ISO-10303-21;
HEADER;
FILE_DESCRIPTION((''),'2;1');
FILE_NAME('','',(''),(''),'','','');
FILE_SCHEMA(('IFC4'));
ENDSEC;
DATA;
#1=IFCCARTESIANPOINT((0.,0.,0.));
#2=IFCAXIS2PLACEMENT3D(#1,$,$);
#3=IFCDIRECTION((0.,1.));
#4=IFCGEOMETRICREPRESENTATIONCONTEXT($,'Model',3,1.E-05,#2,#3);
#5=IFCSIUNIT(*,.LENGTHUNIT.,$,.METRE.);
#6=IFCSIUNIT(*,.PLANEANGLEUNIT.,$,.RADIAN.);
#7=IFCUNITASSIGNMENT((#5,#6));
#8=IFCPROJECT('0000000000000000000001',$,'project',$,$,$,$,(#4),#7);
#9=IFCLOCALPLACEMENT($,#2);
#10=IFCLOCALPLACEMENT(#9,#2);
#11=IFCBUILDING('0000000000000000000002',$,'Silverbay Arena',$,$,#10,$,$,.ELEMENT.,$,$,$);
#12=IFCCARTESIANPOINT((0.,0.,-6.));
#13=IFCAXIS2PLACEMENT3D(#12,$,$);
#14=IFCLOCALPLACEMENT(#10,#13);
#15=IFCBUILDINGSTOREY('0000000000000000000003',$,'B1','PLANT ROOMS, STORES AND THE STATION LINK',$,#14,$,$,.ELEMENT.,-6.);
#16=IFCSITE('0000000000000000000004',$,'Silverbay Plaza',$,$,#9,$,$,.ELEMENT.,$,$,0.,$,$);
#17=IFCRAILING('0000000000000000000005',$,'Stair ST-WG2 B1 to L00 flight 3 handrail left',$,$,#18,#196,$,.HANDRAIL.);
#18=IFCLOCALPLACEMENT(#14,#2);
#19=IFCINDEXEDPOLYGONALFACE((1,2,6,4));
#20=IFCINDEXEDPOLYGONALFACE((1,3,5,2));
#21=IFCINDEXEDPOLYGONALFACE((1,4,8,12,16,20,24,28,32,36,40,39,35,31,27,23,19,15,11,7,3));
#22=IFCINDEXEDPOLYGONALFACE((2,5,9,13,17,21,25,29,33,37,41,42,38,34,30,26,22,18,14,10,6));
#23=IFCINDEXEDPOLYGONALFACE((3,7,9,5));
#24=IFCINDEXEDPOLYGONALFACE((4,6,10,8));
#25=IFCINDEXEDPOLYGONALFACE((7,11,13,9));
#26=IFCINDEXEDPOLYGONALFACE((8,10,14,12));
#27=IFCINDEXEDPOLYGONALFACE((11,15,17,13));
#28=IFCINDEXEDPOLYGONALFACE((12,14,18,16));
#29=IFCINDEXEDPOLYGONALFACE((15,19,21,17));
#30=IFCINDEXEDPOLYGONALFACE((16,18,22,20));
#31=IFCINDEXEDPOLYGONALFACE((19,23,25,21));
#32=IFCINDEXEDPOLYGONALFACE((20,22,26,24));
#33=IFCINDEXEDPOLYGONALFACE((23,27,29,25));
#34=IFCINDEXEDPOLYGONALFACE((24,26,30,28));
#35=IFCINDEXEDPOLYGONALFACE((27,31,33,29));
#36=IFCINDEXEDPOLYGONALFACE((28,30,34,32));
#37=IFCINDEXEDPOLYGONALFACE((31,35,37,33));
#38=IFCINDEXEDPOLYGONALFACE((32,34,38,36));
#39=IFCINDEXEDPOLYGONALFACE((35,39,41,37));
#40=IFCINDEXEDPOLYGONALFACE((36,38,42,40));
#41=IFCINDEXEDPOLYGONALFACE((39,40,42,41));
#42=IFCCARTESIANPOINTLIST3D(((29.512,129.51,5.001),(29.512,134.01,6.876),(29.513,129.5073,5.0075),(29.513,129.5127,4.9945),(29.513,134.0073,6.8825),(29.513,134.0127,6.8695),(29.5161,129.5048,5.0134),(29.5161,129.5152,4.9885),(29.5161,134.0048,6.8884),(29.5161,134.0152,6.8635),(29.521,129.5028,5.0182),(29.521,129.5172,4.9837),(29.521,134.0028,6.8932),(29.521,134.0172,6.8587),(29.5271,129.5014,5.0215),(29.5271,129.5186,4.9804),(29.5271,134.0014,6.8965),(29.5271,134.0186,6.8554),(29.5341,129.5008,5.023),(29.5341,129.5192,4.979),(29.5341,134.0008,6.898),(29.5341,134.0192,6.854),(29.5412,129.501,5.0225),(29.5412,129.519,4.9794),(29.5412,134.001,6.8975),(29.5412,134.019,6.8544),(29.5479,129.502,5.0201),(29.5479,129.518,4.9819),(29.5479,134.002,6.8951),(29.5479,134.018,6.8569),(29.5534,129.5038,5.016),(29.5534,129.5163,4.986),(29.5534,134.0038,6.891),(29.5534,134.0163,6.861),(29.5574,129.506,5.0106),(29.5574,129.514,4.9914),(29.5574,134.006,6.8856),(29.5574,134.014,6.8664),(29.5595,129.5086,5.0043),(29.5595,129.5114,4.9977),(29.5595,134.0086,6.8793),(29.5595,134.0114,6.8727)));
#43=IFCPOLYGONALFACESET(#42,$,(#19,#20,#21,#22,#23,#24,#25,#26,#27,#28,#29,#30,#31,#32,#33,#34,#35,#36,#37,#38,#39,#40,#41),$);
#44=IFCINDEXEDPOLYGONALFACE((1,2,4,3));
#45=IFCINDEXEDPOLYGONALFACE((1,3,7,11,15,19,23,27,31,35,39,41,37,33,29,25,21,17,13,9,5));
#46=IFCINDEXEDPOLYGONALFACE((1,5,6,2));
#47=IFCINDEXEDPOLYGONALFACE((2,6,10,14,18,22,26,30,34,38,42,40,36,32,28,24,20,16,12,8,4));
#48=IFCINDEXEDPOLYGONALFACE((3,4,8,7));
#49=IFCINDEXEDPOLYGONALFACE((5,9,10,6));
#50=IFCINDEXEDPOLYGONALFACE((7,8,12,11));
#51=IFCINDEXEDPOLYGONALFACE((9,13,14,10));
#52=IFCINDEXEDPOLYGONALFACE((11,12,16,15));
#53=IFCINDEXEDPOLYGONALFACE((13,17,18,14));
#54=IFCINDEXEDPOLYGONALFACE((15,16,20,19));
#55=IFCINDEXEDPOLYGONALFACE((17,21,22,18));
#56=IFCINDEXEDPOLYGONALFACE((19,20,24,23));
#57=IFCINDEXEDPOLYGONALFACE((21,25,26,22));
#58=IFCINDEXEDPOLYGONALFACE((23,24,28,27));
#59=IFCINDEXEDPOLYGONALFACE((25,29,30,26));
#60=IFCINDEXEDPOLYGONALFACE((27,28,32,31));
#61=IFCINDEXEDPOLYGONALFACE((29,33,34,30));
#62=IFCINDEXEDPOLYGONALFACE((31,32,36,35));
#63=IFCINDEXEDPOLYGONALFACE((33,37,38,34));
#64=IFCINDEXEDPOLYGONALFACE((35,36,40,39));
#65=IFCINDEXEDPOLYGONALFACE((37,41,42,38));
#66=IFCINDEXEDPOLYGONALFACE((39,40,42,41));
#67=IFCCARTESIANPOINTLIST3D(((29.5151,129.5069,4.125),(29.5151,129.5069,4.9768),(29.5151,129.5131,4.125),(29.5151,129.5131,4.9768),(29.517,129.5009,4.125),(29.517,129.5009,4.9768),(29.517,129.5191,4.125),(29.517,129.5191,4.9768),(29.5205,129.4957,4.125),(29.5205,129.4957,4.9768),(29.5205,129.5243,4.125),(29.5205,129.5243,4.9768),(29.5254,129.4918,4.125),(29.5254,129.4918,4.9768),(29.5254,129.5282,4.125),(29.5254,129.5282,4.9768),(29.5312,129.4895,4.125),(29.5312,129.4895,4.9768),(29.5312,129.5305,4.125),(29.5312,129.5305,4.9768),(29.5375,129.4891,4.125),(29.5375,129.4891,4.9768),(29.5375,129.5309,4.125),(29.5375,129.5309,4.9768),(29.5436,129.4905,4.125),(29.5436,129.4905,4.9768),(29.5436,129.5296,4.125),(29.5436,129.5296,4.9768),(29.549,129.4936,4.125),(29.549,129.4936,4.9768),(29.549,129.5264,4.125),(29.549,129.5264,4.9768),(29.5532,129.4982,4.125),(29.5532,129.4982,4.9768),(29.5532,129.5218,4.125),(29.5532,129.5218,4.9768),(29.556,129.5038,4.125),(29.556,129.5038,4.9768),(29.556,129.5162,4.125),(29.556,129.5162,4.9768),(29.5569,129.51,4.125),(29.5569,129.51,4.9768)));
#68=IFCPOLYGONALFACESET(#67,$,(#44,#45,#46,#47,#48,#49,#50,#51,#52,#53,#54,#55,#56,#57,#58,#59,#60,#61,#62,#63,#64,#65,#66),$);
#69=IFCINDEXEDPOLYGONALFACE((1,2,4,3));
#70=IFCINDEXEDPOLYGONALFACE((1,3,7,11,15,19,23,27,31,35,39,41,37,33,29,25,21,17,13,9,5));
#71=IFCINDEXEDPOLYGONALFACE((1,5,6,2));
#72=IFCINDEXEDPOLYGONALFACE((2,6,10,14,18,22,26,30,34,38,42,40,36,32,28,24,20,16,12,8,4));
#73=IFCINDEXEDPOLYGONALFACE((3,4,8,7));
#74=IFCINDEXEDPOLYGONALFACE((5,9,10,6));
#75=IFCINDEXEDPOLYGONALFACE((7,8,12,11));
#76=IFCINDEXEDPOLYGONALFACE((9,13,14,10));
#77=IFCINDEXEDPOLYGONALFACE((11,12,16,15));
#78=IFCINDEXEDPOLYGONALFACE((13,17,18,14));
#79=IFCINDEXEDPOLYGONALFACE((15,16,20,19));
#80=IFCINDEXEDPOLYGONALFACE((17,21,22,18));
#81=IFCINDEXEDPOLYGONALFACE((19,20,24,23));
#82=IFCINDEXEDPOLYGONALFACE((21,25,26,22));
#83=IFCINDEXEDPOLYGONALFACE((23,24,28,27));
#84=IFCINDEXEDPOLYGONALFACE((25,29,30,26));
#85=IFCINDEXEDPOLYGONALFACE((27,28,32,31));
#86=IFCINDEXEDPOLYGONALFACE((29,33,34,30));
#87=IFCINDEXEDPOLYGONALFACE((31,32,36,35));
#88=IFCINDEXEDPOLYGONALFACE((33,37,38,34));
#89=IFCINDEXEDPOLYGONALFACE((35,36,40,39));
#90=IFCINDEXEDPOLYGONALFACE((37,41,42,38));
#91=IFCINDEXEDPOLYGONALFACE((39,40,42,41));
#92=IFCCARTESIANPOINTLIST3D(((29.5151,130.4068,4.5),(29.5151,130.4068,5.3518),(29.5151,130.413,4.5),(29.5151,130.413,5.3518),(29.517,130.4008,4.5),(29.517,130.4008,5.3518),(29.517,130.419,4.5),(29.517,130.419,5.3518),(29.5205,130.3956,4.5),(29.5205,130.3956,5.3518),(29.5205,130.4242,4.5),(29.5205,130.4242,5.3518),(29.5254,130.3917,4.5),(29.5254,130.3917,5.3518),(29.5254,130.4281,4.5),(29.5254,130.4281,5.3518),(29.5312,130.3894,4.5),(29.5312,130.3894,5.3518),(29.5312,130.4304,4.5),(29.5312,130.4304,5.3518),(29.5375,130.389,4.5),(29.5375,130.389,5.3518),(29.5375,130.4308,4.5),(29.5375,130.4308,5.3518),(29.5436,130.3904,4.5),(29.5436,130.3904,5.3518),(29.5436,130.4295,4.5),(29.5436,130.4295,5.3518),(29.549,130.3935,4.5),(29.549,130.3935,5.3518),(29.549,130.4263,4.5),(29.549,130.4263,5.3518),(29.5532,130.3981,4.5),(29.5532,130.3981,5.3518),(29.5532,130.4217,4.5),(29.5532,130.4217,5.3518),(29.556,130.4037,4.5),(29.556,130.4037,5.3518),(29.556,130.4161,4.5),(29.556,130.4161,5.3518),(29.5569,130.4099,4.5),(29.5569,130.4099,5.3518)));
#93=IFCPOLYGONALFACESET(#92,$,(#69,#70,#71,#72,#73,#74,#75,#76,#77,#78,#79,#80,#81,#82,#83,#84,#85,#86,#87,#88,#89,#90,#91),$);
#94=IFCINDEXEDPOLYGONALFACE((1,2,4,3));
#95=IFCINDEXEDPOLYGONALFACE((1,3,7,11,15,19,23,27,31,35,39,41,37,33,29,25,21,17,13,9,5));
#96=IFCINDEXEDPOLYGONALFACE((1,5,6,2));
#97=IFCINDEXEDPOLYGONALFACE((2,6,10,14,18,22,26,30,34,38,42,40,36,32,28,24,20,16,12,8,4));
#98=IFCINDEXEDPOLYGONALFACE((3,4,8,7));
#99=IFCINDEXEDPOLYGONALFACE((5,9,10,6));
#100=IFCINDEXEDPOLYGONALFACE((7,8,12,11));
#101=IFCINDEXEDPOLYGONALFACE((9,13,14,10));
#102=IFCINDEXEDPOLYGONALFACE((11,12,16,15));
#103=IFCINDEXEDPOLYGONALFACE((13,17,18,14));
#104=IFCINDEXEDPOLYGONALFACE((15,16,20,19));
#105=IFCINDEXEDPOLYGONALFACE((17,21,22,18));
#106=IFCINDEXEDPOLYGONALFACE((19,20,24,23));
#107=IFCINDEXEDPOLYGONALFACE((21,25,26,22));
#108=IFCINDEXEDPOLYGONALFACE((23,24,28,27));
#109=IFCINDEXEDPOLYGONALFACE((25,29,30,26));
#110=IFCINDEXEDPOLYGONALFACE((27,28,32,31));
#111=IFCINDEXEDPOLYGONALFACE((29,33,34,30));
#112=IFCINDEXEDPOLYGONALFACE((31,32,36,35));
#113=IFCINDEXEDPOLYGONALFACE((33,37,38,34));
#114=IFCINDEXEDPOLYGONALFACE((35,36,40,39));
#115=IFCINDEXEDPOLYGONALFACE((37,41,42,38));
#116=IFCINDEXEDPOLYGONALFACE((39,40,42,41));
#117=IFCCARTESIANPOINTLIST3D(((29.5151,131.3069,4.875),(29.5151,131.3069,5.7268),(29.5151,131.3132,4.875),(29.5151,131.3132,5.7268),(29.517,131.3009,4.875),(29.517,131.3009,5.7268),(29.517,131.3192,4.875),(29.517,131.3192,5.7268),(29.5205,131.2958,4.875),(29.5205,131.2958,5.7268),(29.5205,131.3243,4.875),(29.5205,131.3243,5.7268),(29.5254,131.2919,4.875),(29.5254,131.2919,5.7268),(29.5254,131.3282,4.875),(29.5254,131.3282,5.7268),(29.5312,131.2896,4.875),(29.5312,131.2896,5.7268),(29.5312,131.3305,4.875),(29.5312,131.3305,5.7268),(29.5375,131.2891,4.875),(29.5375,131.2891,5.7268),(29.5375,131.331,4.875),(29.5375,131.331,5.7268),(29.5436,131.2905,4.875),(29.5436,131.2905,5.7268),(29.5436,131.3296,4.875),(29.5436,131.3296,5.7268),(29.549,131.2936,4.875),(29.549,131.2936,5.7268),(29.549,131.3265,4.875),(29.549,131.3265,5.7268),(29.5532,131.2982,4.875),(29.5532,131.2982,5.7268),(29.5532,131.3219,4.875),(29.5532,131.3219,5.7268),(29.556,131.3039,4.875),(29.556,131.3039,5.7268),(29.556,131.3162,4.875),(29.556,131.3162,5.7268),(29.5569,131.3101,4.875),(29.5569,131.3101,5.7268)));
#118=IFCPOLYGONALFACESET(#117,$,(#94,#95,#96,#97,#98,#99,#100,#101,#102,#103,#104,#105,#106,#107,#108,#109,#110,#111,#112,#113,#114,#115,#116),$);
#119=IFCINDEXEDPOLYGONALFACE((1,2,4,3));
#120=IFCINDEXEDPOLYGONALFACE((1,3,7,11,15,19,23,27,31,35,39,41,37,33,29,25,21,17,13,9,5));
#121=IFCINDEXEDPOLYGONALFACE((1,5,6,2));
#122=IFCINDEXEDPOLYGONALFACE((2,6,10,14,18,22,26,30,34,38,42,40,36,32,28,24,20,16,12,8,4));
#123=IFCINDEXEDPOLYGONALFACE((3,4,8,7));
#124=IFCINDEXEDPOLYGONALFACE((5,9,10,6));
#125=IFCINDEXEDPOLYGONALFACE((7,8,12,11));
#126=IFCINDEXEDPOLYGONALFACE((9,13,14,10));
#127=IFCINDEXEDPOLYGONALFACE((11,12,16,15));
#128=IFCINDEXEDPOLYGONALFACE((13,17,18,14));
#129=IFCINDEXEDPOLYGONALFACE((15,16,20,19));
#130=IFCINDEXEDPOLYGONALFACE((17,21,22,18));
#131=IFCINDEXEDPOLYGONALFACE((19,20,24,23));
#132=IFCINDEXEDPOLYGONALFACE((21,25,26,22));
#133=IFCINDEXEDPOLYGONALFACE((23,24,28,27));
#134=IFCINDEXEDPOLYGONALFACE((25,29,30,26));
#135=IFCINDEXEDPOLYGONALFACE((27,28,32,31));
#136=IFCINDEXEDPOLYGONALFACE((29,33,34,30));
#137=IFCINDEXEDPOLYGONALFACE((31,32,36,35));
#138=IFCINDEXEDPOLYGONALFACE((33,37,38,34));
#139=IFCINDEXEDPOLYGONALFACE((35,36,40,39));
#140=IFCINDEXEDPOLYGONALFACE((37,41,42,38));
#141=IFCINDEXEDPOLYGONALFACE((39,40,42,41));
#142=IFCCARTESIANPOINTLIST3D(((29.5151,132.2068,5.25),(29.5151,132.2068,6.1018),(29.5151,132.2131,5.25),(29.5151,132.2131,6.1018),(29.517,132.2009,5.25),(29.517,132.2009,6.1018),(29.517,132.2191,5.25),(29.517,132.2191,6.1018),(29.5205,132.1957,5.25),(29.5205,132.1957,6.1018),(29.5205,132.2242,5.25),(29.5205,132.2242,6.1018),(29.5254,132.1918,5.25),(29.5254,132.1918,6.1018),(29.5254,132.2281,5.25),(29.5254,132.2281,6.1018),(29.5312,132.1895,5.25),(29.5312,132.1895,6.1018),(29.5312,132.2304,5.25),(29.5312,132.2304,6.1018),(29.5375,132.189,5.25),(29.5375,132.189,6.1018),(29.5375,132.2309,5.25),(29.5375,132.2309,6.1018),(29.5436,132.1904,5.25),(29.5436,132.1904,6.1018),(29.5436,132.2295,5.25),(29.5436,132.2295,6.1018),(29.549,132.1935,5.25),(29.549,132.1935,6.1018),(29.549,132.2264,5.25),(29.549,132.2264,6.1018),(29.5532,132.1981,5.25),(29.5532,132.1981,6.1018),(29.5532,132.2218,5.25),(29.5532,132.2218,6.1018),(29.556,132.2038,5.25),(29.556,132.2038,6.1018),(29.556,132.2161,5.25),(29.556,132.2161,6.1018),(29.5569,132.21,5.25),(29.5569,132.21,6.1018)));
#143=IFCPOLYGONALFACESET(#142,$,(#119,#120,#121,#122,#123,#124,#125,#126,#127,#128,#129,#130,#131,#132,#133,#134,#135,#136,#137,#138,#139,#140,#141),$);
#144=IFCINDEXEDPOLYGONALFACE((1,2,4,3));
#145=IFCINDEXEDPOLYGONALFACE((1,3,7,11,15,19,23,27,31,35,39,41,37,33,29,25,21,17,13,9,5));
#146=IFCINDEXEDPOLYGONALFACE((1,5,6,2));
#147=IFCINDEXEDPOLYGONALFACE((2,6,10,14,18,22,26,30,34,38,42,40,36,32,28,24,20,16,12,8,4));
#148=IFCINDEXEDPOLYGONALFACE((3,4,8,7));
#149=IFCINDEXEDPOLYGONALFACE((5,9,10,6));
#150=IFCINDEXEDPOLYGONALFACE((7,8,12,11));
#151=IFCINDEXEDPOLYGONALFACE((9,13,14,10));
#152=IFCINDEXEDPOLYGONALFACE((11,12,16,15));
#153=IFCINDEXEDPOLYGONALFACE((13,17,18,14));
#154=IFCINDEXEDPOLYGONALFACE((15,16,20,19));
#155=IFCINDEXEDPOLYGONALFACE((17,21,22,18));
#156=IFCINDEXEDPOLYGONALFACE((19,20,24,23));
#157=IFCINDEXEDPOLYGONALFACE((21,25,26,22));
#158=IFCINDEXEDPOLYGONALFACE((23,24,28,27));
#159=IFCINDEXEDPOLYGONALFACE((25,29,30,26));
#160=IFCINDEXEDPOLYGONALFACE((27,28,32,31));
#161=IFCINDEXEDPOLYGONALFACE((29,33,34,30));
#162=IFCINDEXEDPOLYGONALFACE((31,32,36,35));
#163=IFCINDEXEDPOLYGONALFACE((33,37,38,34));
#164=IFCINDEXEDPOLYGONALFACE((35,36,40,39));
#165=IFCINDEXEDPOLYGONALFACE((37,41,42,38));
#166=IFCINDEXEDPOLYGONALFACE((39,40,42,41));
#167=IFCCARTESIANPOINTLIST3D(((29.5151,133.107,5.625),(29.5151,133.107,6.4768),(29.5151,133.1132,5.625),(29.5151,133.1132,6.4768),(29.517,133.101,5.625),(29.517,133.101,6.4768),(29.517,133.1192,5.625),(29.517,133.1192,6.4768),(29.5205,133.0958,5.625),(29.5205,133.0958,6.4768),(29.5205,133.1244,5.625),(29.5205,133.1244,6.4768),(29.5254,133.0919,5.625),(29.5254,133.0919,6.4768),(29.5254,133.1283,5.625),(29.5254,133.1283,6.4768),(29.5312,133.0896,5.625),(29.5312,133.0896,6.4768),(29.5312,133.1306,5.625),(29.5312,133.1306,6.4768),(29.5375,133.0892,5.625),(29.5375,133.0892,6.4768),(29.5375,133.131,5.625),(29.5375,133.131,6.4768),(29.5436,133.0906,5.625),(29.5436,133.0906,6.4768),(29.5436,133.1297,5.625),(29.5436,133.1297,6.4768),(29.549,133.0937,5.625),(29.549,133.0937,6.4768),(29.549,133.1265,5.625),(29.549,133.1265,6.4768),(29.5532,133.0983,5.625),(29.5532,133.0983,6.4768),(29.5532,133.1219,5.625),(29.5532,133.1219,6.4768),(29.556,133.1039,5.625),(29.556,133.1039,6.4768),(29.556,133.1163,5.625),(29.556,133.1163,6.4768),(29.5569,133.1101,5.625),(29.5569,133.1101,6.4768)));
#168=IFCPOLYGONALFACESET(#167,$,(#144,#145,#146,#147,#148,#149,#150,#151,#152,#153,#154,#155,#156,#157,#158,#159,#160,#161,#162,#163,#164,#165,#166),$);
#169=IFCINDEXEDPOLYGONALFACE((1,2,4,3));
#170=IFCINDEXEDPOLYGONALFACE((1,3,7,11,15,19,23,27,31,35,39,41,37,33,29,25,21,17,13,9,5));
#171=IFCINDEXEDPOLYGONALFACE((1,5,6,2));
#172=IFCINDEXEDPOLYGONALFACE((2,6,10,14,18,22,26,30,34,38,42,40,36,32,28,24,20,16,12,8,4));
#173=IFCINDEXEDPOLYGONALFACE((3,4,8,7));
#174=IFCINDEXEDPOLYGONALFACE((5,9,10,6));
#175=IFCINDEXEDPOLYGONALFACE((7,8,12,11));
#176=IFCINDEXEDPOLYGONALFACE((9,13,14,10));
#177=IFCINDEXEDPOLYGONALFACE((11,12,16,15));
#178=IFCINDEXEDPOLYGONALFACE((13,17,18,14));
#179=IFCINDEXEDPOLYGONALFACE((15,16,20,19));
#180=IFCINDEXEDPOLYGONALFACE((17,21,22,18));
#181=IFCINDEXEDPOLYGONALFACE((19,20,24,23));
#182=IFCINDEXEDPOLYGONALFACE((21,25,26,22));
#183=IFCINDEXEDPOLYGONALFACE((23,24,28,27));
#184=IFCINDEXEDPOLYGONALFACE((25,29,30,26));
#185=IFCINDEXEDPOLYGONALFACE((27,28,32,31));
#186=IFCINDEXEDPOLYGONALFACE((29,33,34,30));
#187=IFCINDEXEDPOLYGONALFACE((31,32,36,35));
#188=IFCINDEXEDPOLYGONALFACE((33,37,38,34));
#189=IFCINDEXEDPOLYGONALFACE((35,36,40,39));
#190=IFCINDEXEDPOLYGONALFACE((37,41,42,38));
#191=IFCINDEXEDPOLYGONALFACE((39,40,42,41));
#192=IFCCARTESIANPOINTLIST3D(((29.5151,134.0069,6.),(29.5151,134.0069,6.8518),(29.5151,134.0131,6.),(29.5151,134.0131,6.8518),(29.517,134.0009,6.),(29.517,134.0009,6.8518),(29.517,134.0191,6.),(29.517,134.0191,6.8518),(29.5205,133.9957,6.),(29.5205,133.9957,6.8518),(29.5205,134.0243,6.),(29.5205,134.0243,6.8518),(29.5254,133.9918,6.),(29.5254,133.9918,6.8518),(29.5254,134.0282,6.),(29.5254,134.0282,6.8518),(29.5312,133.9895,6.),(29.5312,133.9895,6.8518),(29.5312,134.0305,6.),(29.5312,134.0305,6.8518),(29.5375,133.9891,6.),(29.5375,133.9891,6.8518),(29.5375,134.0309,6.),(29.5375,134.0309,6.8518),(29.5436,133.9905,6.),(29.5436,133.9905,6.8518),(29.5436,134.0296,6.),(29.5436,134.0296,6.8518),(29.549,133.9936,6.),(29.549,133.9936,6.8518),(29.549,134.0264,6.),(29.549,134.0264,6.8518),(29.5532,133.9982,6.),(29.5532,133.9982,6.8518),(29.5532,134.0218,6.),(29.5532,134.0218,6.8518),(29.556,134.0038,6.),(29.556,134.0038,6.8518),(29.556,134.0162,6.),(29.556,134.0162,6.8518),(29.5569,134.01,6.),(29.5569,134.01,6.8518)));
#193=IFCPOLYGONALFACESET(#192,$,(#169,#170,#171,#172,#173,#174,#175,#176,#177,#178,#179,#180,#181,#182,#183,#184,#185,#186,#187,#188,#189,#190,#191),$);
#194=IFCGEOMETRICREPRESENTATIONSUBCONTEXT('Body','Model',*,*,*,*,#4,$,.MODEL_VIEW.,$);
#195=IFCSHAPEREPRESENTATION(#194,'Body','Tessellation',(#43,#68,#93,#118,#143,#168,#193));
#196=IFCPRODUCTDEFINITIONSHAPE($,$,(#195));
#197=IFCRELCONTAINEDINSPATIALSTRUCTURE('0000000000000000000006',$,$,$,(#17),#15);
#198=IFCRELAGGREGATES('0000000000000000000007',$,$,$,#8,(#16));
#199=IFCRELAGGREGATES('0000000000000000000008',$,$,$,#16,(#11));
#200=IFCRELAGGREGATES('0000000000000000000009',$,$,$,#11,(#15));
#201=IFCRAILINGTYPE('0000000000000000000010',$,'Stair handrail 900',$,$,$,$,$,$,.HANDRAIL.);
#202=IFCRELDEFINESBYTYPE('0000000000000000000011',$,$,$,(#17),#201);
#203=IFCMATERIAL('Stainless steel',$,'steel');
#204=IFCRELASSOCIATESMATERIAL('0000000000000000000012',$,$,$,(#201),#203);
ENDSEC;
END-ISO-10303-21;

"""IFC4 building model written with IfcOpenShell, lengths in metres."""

from ifc_helpers import new_model, si_unit, direction, frame, origin, origin_2d, place, context, subcontext, project, spatial, circle, extrude, material, type_object, element, save


model = new_model("IFC4")

# Units and contexts
model_context = context("Model", 3, precision=1e-05, world=origin(), true_north=direction((0.0, 1.0)))
body_context = subcontext(model_context, "Body", "Model", "MODEL_VIEW")
ifc_project = project(units=[si_unit("LENGTHUNIT", "METRE"), si_unit("PLANEANGLEUNIT", "RADIAN")], contexts=[model_context])

# Site, building, storey
site_placement = place(None, origin())
site = spatial("IfcSite", under=ifc_project, at=site_placement, Name="Silverbay Plaza", CompositionType="ELEMENT", RefElevation=0.0)
building_placement = place(site_placement, origin())
building = spatial("IfcBuilding", under=site, at=building_placement, Name="Silverbay Arena", CompositionType="ELEMENT")
storey_placement = place(building_placement, frame((0.0, 0.0, -6.0)))
storey = spatial("IfcBuildingStorey", under=building, at=storey_placement, Name="B1", Description="PLANT ROOMS, STORES AND THE STATION LINK", CompositionType="ELEMENT", Elevation=-6.0)

# Railing
ifc_material_1 = material(Name="Stainless steel", Category="steel")
railing_type_1 = type_object("IfcRailingType", Name="Stair handrail 900", PredefinedType="HANDRAIL", material=ifc_material_1)
for number, where, name in (
    (1, (29.5359, 129.51, 4.125), "Stair ST-WG2 B1 to L00 flight 3 handrail left"),
):
    element("IfcRailing", number, at=place(storey_placement, frame(where)), inside=storey, type_object=railing_type_1, Name=name, PredefinedType="HANDRAIL", context=body_context, shape_type="SweptSolid", body=[
        extrude(circle(Radius=0.0239, at=origin_2d()), frame((0.0, 0.0, 0.876), z_axis=(0.0, 0.923077, 0.384615), x_axis=(-1.0, 0.0, 0.0)), (0.0, 0.0, 1.0), 4.875),
        extrude(circle(Radius=0.021, at=origin_2d()), origin(), (0.0, 0.0, 1.0), 0.8518),
        extrude(circle(Radius=0.021, at=origin_2d()), frame((0.0, 0.8999, 0.375)), (0.0, 0.0, 1.0), 0.8518),
        extrude(circle(Radius=0.021, at=origin_2d()), frame((0.0, 1.8, 0.75)), (0.0, 0.0, 1.0), 0.8518),
        extrude(circle(Radius=0.021, at=origin_2d()), frame((0.0, 2.7, 1.125)), (0.0, 0.0, 1.0), 0.8518),
        extrude(circle(Radius=0.021, at=origin_2d()), frame((0.0, 3.6001, 1.5)), (0.0, 0.0, 1.0), 0.8518),
        extrude(circle(Radius=0.021, at=origin_2d()), frame((0.0, 4.5, 1.875)), (0.0, 0.0, 1.0), 0.8518),
    ])

save(model, "model.ifc")
